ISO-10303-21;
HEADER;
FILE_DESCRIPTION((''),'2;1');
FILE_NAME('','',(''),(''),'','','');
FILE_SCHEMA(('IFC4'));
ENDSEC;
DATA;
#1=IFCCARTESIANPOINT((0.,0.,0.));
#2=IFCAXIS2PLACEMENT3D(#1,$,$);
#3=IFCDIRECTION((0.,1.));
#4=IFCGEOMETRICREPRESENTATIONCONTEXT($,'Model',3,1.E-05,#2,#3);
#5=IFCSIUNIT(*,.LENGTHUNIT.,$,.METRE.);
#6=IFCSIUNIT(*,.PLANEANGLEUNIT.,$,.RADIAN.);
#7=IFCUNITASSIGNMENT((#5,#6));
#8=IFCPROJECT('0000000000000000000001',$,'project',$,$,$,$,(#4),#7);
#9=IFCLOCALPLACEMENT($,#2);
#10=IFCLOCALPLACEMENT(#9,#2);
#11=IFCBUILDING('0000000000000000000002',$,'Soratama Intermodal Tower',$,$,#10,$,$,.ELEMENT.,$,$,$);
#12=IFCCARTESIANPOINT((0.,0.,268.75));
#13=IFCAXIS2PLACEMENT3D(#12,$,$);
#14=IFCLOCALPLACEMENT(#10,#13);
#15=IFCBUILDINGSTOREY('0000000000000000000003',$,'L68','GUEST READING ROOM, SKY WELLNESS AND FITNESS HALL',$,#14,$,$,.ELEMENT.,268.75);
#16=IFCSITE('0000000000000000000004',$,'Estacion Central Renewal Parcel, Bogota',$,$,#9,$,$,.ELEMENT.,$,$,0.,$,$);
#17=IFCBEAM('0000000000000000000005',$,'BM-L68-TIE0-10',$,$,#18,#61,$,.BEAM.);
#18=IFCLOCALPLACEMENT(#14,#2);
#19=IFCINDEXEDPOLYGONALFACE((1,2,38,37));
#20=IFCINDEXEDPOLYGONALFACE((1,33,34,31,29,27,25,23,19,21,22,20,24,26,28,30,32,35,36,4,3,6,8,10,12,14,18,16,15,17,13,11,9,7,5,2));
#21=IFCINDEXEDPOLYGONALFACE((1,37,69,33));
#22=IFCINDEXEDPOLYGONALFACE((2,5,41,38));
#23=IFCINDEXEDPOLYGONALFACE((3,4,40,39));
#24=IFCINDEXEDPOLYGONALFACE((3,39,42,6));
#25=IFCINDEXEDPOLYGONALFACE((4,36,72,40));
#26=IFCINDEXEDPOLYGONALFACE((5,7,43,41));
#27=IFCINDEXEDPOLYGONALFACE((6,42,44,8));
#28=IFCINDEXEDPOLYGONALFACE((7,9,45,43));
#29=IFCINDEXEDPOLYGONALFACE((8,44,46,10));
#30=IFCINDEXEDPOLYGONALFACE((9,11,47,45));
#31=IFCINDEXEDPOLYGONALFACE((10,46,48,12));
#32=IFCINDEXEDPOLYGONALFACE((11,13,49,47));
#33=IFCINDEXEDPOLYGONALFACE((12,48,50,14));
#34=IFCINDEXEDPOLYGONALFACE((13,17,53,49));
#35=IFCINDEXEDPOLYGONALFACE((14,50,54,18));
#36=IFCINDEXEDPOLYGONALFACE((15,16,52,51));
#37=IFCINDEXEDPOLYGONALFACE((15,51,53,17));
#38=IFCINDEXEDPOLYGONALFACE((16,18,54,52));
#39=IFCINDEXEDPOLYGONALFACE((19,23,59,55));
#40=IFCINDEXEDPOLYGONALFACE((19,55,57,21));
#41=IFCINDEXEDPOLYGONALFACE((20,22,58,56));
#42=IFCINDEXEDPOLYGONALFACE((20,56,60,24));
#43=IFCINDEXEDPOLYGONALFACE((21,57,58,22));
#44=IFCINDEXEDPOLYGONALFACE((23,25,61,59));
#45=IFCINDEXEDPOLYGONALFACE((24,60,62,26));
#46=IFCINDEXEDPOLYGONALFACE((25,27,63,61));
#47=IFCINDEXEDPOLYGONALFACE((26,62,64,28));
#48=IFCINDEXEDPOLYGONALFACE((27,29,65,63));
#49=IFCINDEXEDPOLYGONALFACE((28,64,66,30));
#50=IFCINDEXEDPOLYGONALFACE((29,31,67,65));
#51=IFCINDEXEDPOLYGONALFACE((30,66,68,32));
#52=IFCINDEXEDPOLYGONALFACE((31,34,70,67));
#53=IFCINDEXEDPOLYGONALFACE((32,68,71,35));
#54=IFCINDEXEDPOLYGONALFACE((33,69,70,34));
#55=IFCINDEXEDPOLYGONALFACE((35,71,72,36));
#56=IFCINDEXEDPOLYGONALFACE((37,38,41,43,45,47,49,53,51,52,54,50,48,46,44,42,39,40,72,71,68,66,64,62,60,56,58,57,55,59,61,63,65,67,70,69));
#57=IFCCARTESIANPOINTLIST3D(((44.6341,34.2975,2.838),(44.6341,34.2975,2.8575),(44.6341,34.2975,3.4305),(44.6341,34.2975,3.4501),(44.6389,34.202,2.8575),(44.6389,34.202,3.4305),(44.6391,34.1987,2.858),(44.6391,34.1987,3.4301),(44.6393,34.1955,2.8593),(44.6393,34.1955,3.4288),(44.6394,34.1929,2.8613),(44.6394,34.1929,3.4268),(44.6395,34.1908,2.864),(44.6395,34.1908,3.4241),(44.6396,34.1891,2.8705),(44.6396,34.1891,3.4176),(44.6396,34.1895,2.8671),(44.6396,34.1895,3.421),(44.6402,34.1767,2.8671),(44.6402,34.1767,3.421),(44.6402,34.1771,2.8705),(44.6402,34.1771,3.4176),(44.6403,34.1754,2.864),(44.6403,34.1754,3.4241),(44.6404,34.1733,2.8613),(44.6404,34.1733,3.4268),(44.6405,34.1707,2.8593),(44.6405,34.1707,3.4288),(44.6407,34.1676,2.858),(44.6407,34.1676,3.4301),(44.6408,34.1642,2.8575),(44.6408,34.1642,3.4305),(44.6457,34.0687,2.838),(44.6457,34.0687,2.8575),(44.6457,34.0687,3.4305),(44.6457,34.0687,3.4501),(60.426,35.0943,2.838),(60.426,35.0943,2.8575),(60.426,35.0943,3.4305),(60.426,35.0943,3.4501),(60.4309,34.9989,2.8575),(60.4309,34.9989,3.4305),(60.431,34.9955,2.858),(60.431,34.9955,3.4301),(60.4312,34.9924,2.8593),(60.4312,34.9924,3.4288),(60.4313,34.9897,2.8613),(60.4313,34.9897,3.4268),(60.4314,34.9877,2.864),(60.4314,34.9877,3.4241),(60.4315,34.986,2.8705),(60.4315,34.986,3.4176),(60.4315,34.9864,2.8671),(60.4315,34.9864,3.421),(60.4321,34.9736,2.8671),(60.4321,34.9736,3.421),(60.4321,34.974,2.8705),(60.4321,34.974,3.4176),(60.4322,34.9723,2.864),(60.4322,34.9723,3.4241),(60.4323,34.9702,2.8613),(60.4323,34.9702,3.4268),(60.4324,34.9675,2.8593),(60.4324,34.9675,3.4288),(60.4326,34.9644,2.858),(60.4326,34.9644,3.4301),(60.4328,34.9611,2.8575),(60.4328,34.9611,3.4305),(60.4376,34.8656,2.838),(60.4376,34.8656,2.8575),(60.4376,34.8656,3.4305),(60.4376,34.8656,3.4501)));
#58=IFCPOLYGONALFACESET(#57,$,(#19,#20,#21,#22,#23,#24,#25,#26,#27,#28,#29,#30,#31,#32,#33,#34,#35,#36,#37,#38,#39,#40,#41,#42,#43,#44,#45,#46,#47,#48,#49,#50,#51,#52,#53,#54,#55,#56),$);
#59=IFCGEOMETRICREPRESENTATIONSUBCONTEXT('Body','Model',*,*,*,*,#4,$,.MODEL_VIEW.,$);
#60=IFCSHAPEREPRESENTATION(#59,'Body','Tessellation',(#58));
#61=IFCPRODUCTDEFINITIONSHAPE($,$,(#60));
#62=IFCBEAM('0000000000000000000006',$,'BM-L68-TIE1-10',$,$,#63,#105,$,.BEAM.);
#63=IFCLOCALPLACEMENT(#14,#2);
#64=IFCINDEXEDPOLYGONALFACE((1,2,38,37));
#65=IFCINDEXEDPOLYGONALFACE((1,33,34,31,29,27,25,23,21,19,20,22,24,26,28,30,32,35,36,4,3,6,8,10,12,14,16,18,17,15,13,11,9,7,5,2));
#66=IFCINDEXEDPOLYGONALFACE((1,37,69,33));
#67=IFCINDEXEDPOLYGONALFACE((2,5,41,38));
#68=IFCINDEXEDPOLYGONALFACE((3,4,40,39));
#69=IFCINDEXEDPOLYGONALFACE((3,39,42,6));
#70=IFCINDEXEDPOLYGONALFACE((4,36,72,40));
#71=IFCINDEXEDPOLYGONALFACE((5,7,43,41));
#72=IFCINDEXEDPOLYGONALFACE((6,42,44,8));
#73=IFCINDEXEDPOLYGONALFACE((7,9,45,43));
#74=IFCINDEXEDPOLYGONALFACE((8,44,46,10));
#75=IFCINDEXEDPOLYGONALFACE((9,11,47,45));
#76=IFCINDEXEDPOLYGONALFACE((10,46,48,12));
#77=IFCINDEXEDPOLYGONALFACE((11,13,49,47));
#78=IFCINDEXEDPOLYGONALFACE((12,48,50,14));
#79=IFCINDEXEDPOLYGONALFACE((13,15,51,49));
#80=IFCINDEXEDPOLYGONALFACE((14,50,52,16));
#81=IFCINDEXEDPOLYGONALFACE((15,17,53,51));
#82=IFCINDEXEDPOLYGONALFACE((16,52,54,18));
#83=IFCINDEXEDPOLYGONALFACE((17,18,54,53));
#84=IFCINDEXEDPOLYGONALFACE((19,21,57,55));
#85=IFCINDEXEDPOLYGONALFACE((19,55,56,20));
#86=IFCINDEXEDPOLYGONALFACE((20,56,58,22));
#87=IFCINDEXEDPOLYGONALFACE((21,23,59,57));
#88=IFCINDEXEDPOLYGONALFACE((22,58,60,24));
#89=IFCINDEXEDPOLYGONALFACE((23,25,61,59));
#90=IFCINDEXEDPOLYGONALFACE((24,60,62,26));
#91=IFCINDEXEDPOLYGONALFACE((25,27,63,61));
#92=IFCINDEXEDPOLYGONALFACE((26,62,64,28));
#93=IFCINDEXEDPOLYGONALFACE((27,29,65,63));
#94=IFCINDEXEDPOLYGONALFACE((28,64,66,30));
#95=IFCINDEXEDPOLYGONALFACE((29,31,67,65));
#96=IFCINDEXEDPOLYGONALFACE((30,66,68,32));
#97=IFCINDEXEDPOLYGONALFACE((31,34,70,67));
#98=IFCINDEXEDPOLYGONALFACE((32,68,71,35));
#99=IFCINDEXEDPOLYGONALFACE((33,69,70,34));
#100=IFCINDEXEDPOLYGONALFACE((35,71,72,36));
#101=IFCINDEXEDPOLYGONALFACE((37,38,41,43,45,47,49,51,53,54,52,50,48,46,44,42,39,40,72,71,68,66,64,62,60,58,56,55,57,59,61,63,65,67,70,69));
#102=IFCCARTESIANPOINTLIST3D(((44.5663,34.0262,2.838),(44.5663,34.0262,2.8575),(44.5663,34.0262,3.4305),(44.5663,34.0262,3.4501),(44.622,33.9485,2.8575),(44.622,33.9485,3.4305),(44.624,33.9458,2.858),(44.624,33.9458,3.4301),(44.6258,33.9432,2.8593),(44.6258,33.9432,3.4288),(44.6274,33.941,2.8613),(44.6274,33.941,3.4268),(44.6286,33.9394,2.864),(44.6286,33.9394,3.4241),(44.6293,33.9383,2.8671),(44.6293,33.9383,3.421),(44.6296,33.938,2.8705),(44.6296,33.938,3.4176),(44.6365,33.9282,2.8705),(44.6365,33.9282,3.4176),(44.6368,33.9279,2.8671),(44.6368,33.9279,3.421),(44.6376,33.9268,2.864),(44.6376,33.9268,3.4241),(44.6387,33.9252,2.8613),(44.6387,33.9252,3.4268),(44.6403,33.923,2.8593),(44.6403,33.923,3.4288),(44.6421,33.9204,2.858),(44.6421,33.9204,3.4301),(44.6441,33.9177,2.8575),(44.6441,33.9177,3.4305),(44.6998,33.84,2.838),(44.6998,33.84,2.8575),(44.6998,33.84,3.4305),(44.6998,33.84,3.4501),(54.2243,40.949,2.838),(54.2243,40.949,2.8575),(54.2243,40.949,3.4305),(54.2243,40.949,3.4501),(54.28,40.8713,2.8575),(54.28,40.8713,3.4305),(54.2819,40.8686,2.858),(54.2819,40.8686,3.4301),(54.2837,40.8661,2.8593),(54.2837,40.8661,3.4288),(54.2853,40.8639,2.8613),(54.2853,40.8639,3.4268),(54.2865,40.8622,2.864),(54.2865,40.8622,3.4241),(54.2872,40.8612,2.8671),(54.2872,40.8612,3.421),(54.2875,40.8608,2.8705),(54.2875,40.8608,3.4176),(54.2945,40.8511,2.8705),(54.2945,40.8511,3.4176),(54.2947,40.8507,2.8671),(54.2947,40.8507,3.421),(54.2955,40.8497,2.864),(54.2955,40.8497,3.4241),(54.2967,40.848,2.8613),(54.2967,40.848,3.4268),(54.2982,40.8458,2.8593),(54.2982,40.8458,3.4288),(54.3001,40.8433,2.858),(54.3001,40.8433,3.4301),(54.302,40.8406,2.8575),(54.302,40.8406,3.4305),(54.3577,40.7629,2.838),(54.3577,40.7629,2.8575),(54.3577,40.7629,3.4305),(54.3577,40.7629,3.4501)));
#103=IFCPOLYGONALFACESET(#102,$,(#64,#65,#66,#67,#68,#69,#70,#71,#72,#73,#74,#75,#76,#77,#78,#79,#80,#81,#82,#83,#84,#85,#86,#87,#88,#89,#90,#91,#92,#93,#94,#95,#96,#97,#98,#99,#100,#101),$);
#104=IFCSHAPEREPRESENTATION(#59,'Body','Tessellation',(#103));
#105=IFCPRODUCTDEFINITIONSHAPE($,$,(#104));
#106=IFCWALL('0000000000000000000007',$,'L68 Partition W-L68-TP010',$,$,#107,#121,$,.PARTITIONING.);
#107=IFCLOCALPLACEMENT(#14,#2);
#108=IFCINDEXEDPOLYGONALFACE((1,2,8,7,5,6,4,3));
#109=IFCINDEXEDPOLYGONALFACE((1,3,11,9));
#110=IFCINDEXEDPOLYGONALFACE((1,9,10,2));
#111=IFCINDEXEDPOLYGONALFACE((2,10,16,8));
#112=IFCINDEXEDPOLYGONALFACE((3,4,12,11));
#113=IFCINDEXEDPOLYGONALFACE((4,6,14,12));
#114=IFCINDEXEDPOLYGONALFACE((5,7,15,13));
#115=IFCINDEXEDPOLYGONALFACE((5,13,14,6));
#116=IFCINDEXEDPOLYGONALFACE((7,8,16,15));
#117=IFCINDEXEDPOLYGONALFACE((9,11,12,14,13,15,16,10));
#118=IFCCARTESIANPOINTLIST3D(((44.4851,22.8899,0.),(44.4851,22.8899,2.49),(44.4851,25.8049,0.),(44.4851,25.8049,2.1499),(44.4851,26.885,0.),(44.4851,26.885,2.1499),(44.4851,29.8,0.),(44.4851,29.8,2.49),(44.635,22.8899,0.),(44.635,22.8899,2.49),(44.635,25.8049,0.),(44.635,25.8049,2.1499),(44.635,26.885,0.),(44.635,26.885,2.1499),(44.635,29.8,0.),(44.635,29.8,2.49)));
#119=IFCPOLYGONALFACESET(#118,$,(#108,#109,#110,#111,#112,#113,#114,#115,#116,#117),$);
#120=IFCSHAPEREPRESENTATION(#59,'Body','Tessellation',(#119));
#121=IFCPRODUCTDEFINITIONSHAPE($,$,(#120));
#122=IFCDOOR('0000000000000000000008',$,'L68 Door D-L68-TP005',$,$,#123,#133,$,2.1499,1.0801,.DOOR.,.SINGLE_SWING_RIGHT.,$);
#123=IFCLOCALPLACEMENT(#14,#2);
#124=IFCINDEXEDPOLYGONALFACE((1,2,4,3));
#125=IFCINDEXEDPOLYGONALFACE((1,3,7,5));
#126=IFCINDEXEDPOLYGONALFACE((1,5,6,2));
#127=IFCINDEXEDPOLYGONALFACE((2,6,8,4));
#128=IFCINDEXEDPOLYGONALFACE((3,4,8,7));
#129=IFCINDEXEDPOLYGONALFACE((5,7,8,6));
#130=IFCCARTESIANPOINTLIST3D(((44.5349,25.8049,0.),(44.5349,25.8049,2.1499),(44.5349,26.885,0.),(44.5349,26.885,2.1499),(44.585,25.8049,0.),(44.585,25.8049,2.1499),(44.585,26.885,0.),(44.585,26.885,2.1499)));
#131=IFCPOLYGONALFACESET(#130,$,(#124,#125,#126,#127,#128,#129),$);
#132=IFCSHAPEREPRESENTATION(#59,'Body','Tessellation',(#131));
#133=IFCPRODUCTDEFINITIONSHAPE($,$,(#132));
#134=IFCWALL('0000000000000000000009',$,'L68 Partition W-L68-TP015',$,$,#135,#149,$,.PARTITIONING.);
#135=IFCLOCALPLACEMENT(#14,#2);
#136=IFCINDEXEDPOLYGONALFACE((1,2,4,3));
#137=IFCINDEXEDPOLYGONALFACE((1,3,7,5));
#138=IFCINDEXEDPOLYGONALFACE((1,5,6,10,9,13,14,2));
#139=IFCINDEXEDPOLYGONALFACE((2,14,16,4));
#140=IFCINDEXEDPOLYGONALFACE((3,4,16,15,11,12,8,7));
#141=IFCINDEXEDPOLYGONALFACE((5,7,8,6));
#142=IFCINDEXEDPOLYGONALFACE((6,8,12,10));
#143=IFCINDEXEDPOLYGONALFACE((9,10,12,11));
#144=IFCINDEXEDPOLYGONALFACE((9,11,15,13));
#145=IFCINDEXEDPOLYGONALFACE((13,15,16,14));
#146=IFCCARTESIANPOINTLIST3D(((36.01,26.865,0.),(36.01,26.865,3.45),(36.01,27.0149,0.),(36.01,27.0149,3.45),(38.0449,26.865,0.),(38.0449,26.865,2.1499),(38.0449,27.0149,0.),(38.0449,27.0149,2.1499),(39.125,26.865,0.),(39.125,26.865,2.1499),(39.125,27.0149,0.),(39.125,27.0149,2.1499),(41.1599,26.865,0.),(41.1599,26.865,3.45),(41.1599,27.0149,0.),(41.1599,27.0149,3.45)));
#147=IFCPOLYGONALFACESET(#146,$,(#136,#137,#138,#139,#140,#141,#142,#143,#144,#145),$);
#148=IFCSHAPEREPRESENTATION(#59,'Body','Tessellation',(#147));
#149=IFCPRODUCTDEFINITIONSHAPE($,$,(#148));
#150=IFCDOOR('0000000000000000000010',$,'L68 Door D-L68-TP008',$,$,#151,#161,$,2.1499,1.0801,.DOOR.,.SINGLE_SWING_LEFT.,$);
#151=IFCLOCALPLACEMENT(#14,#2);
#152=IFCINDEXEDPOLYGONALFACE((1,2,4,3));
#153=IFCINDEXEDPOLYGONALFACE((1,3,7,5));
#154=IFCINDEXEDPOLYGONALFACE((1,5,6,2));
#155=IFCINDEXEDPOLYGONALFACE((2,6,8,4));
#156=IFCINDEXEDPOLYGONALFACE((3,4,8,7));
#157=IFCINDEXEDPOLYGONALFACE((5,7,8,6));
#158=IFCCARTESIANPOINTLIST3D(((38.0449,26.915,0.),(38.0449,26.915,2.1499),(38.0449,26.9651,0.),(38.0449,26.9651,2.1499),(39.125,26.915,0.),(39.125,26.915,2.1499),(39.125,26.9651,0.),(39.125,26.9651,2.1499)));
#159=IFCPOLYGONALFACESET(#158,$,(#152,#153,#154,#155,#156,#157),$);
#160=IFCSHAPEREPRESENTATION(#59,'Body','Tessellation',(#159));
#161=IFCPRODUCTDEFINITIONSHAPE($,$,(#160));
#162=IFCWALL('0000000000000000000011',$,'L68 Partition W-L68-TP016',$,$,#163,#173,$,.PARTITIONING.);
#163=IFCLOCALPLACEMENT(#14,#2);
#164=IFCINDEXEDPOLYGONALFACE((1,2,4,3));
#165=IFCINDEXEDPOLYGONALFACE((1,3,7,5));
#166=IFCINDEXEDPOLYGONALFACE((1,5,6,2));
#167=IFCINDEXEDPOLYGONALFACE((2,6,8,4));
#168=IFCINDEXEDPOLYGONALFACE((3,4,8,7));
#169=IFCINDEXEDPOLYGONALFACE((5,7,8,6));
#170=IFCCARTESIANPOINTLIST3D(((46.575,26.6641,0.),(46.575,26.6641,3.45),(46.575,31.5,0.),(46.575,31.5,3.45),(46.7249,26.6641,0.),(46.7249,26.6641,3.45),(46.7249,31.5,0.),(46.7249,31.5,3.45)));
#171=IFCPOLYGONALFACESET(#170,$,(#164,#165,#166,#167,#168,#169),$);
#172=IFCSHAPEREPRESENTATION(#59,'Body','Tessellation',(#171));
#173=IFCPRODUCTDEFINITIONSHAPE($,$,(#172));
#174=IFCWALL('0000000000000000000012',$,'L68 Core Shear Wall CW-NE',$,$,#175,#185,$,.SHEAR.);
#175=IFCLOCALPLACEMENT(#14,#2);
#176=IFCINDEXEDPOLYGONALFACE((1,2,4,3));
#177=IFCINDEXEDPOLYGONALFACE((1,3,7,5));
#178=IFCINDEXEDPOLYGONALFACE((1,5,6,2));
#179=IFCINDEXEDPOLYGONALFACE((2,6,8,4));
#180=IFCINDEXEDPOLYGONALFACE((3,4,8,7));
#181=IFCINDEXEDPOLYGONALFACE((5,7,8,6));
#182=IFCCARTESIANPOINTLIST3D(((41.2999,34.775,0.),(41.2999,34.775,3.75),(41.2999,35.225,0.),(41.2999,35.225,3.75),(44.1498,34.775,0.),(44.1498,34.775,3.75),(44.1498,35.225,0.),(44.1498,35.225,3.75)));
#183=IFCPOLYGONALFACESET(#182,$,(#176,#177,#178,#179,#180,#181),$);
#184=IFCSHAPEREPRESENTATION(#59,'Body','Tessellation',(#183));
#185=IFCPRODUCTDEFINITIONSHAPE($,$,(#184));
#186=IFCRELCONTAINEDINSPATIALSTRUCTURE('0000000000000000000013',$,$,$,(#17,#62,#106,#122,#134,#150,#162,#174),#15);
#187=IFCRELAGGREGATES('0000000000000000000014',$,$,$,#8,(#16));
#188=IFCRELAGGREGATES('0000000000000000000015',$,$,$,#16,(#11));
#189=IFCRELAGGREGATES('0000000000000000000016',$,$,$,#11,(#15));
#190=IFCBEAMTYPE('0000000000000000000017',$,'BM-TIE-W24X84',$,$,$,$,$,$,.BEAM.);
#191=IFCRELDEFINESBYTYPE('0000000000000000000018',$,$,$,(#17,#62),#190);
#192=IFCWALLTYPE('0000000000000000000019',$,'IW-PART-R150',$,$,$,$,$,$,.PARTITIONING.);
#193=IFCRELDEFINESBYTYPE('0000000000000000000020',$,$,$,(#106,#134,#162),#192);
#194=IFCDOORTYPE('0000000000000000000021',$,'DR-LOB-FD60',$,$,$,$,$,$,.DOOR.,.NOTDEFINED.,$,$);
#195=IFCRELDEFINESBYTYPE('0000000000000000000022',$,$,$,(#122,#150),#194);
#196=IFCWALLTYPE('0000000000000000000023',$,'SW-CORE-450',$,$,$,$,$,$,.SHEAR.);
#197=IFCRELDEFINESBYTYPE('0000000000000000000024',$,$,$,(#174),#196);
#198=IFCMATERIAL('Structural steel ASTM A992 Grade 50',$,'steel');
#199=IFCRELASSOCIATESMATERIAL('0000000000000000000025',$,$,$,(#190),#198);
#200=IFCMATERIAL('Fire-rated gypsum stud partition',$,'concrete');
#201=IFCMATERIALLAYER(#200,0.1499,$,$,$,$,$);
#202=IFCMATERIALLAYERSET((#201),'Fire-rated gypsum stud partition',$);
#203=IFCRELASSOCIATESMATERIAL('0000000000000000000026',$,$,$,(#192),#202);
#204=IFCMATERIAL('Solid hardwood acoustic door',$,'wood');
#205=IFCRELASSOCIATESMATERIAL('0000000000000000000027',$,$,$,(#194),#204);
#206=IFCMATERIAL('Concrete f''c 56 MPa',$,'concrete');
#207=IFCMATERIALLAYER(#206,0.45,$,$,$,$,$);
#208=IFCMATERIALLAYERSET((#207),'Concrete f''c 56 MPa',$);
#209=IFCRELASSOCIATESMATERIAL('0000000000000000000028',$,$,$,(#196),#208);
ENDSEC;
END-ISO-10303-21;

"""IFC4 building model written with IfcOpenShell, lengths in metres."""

from ifc_helpers import new_model, si_unit, direction, frame, frame_2d, origin, origin_2d, place, context, subcontext, project, spatial, rectangle, i_section, extrude, material, layer, layer_set, material_profile, profile_set, type_object, element, fill, save


model = new_model("IFC4")

# Units and contexts
model_context = context("Model", 3, precision=1e-05, world=origin(), true_north=direction((0.0, 1.0)))
body_context = subcontext(model_context, "Body", "Model", "MODEL_VIEW")
ifc_project = project(units=[si_unit("LENGTHUNIT", "METRE"), si_unit("PLANEANGLEUNIT", "RADIAN")], contexts=[model_context])

# Site, building, storey
site_placement = place(None, origin())
site = spatial("IfcSite", under=ifc_project, at=site_placement, Name="Estacion Central Renewal Parcel, Bogota", CompositionType="ELEMENT", RefElevation=0.0)
building_placement = place(site_placement, origin())
building = spatial("IfcBuilding", under=site, at=building_placement, Name="Soratama Intermodal Tower", CompositionType="ELEMENT")
storey_placement = place(building_placement, frame((0.0, 0.0, 268.75)))
storey = spatial("IfcBuildingStorey", under=building, at=storey_placement, Name="L68", Description="GUEST READING ROOM, SKY WELLNESS AND FITNESS HALL", CompositionType="ELEMENT", Elevation=268.75)

# Beams
ifc_material_1 = material(Name="Structural steel ASTM A992 Grade 50", Category="steel")
ifc_material_profile_1 = material_profile(ifc_material_1, i_section(OverallWidth=0.229, OverallDepth=0.6121, WebThickness=0.012, FlangeThickness=0.0195, FilletRadius=0.0129, at=origin_2d()), Name="W24X84")
ifc_profile_set_1 = profile_set([ifc_material_profile_1], Name="Structural steel ASTM A992 Grade 50")
beam_type_1 = type_object("IfcBeamType", Name="BM-TIE-W24X84", PredefinedType="BEAM", material=ifc_profile_set_1)
beam_1_placement = place(storey_placement, frame((44.6399, 34.1831, 3.144), z_axis=(0.998729, 0.050397, 0.0), x_axis=(-0.050397, 0.998729, 0.0)))
element("IfcBeam", 1, at=beam_1_placement, inside=storey, type_object=beam_type_1, Name="BM-L68-TIE0-10", PredefinedType="BEAM", context=body_context, shape_type="SweptSolid", body=[
    extrude(i_section(OverallWidth=0.229, OverallDepth=0.6121, WebThickness=0.012, FlangeThickness=0.0195, FilletRadius=0.0129, at=origin_2d()), origin(), (0.0, 0.0, 1.0), 15.812),
])
beam_2_placement = place(storey_placement, frame((44.6331, 33.9331, 3.144), z_axis=(0.812765, 0.582592, 0.0), x_axis=(-0.582592, 0.812765, 0.0)))
element("IfcBeam", 2, at=beam_2_placement, inside=storey, type_object=beam_type_1, Name="BM-L68-TIE1-10", PredefinedType="BEAM", context=body_context, shape_type="SweptSolid", body=[
    extrude(i_section(OverallWidth=0.229, OverallDepth=0.6121, WebThickness=0.012, FlangeThickness=0.0195, FilletRadius=0.0129, at=origin_2d()), origin(), (0.0, 0.0, 1.0), 11.8828),
])

# Walls, openings, doors
ifc_material_2 = material(Name="Fire-rated gypsum stud partition", Category="concrete")
ifc_layer_1 = layer(ifc_material_2, 0.1499)
ifc_layer_set_1 = layer_set([ifc_layer_1], Name="Fire-rated gypsum stud partition")
wall_type_1 = type_object("IfcWallType", Name="IW-PART-R150", PredefinedType="PARTITIONING", material=ifc_layer_set_1)
wall_1_placement = place(storey_placement, frame((44.5601, 29.8, 0.0), z_axis=(0.0, 0.0, 1.0), x_axis=(0.0, -1.0, 0.0)))
wall_1 = element("IfcWall", 3, at=wall_1_placement, inside=storey, type_object=wall_type_1, Name="L68 Partition W-L68-TP010", PredefinedType="PARTITIONING", context=body_context, shape_type="SweptSolid", body=[
    extrude(rectangle(XDim=6.9102, YDim=0.1499, at=frame_2d((3.4551, 0.0))), origin(), (0.0, 0.0, 1.0), 2.49),
])
opening_1_placement = place(wall_1_placement, frame((2.915, 0.0, 0.0)))
opening_1 = element("IfcOpeningElement", 4, at=opening_1_placement, cuts=wall_1, PredefinedType="OPENING", context=body_context, shape_type="SweptSolid", body=[
    extrude(rectangle(XDim=1.0801, YDim=2.1499, at=frame_2d((0.54, 1.075))), frame((0.0, 0.085, 0.0), z_axis=(0.0, -1.0, 0.0), x_axis=(1.0, 0.0, 0.0)), (0.0, 0.0, 1.0), 0.1699),
])
ifc_material_3 = material(Name="Solid hardwood acoustic door", Category="wood")
door_type_1 = type_object("IfcDoorType", Name="DR-LOB-FD60", OperationType="NOTDEFINED", PredefinedType="DOOR", material=ifc_material_3)
door_1_placement = place(opening_1_placement, origin())
door_1 = element("IfcDoor", 5, at=door_1_placement, inside=storey, type_object=door_type_1, Name="L68 Door D-L68-TP005", OperationType="SINGLE_SWING_RIGHT", OverallHeight=2.1499, OverallWidth=1.0801, PredefinedType="DOOR", context=body_context, shape_type="SweptSolid", body=[
    extrude(rectangle(XDim=1.0801, YDim=2.1499, at=frame_2d((0.54, 1.075))), frame((0.0, 0.0249, 0.0), z_axis=(0.0, -1.0, 0.0), x_axis=(1.0, 0.0, 0.0)), (0.0, 0.0, 1.0), 0.05),
])
fill(opening_1, door_1)
wall_2_placement = place(storey_placement, frame((41.1599, 26.9399, 0.0), z_axis=(0.0, 0.0, 1.0), x_axis=(-1.0, 0.0, 0.0)))
wall_2 = element("IfcWall", 6, at=wall_2_placement, inside=storey, type_object=wall_type_1, Name="L68 Partition W-L68-TP015", PredefinedType="PARTITIONING", context=body_context, shape_type="SweptSolid", body=[
    extrude(rectangle(XDim=5.1499, YDim=0.1499, at=frame_2d((2.575, 0.0))), origin(), (0.0, 0.0, 1.0), 3.45),
])
opening_2_placement = place(wall_2_placement, frame((2.0349, 0.0, 0.0)))
opening_2 = element("IfcOpeningElement", 7, at=opening_2_placement, cuts=wall_2, PredefinedType="OPENING", context=body_context, shape_type="SweptSolid", body=[
    extrude(rectangle(XDim=1.0801, YDim=2.1499, at=frame_2d((0.54, 1.075))), frame((0.0, 0.085, 0.0), z_axis=(0.0, -1.0, 0.0), x_axis=(1.0, 0.0, 0.0)), (0.0, 0.0, 1.0), 0.1699),
])
door_2_placement = place(opening_2_placement, origin())
door_2 = element("IfcDoor", 8, at=door_2_placement, inside=storey, type_object=door_type_1, Name="L68 Door D-L68-TP008", OperationType="SINGLE_SWING_LEFT", OverallHeight=2.1499, OverallWidth=1.0801, PredefinedType="DOOR", context=body_context, shape_type="SweptSolid", body=[
    extrude(rectangle(XDim=1.0801, YDim=2.1499, at=frame_2d((0.54, 1.075))), frame((0.0, 0.0249, 0.0), z_axis=(0.0, -1.0, 0.0), x_axis=(1.0, 0.0, 0.0)), (0.0, 0.0, 1.0), 0.05),
])
fill(opening_2, door_2)

# Wall
wall_3_placement = place(storey_placement, frame((46.6499, 31.5, 0.0), z_axis=(0.0, 0.0, 1.0), x_axis=(0.0, -1.0, 0.0)))
element("IfcWall", 9, at=wall_3_placement, inside=storey, type_object=wall_type_1, Name="L68 Partition W-L68-TP016", PredefinedType="PARTITIONING", context=body_context, shape_type="SweptSolid", body=[
    extrude(rectangle(XDim=4.8359, YDim=0.1499, at=frame_2d((2.418, 0.0))), origin(), (0.0, 0.0, 1.0), 3.45),
])

# Wall
ifc_material_4 = material(Name="Concrete f'c 56 MPa", Category="concrete")
ifc_layer_2 = layer(ifc_material_4, 0.45)
ifc_layer_set_2 = layer_set([ifc_layer_2], Name="Concrete f'c 56 MPa")
wall_type_2 = type_object("IfcWallType", Name="SW-CORE-450", PredefinedType="SHEAR", material=ifc_layer_set_2)
wall_4_placement = place(storey_placement, frame((41.3, 35.0, 0.0), z_axis=(0.0, 0.0, 1.0), x_axis=(1.0, 0.0, 0.0)))
element("IfcWall", 10, at=wall_4_placement, inside=storey, type_object=wall_type_2, Name="L68 Core Shear Wall CW-NE", PredefinedType="SHEAR", context=body_context, shape_type="SweptSolid", body=[
    extrude(rectangle(XDim=2.8499, YDim=0.45, at=frame_2d((1.4248, 0.0))), origin(), (0.0, 0.0, 1.0), 3.75),
])

save(model, "model.ifc")
